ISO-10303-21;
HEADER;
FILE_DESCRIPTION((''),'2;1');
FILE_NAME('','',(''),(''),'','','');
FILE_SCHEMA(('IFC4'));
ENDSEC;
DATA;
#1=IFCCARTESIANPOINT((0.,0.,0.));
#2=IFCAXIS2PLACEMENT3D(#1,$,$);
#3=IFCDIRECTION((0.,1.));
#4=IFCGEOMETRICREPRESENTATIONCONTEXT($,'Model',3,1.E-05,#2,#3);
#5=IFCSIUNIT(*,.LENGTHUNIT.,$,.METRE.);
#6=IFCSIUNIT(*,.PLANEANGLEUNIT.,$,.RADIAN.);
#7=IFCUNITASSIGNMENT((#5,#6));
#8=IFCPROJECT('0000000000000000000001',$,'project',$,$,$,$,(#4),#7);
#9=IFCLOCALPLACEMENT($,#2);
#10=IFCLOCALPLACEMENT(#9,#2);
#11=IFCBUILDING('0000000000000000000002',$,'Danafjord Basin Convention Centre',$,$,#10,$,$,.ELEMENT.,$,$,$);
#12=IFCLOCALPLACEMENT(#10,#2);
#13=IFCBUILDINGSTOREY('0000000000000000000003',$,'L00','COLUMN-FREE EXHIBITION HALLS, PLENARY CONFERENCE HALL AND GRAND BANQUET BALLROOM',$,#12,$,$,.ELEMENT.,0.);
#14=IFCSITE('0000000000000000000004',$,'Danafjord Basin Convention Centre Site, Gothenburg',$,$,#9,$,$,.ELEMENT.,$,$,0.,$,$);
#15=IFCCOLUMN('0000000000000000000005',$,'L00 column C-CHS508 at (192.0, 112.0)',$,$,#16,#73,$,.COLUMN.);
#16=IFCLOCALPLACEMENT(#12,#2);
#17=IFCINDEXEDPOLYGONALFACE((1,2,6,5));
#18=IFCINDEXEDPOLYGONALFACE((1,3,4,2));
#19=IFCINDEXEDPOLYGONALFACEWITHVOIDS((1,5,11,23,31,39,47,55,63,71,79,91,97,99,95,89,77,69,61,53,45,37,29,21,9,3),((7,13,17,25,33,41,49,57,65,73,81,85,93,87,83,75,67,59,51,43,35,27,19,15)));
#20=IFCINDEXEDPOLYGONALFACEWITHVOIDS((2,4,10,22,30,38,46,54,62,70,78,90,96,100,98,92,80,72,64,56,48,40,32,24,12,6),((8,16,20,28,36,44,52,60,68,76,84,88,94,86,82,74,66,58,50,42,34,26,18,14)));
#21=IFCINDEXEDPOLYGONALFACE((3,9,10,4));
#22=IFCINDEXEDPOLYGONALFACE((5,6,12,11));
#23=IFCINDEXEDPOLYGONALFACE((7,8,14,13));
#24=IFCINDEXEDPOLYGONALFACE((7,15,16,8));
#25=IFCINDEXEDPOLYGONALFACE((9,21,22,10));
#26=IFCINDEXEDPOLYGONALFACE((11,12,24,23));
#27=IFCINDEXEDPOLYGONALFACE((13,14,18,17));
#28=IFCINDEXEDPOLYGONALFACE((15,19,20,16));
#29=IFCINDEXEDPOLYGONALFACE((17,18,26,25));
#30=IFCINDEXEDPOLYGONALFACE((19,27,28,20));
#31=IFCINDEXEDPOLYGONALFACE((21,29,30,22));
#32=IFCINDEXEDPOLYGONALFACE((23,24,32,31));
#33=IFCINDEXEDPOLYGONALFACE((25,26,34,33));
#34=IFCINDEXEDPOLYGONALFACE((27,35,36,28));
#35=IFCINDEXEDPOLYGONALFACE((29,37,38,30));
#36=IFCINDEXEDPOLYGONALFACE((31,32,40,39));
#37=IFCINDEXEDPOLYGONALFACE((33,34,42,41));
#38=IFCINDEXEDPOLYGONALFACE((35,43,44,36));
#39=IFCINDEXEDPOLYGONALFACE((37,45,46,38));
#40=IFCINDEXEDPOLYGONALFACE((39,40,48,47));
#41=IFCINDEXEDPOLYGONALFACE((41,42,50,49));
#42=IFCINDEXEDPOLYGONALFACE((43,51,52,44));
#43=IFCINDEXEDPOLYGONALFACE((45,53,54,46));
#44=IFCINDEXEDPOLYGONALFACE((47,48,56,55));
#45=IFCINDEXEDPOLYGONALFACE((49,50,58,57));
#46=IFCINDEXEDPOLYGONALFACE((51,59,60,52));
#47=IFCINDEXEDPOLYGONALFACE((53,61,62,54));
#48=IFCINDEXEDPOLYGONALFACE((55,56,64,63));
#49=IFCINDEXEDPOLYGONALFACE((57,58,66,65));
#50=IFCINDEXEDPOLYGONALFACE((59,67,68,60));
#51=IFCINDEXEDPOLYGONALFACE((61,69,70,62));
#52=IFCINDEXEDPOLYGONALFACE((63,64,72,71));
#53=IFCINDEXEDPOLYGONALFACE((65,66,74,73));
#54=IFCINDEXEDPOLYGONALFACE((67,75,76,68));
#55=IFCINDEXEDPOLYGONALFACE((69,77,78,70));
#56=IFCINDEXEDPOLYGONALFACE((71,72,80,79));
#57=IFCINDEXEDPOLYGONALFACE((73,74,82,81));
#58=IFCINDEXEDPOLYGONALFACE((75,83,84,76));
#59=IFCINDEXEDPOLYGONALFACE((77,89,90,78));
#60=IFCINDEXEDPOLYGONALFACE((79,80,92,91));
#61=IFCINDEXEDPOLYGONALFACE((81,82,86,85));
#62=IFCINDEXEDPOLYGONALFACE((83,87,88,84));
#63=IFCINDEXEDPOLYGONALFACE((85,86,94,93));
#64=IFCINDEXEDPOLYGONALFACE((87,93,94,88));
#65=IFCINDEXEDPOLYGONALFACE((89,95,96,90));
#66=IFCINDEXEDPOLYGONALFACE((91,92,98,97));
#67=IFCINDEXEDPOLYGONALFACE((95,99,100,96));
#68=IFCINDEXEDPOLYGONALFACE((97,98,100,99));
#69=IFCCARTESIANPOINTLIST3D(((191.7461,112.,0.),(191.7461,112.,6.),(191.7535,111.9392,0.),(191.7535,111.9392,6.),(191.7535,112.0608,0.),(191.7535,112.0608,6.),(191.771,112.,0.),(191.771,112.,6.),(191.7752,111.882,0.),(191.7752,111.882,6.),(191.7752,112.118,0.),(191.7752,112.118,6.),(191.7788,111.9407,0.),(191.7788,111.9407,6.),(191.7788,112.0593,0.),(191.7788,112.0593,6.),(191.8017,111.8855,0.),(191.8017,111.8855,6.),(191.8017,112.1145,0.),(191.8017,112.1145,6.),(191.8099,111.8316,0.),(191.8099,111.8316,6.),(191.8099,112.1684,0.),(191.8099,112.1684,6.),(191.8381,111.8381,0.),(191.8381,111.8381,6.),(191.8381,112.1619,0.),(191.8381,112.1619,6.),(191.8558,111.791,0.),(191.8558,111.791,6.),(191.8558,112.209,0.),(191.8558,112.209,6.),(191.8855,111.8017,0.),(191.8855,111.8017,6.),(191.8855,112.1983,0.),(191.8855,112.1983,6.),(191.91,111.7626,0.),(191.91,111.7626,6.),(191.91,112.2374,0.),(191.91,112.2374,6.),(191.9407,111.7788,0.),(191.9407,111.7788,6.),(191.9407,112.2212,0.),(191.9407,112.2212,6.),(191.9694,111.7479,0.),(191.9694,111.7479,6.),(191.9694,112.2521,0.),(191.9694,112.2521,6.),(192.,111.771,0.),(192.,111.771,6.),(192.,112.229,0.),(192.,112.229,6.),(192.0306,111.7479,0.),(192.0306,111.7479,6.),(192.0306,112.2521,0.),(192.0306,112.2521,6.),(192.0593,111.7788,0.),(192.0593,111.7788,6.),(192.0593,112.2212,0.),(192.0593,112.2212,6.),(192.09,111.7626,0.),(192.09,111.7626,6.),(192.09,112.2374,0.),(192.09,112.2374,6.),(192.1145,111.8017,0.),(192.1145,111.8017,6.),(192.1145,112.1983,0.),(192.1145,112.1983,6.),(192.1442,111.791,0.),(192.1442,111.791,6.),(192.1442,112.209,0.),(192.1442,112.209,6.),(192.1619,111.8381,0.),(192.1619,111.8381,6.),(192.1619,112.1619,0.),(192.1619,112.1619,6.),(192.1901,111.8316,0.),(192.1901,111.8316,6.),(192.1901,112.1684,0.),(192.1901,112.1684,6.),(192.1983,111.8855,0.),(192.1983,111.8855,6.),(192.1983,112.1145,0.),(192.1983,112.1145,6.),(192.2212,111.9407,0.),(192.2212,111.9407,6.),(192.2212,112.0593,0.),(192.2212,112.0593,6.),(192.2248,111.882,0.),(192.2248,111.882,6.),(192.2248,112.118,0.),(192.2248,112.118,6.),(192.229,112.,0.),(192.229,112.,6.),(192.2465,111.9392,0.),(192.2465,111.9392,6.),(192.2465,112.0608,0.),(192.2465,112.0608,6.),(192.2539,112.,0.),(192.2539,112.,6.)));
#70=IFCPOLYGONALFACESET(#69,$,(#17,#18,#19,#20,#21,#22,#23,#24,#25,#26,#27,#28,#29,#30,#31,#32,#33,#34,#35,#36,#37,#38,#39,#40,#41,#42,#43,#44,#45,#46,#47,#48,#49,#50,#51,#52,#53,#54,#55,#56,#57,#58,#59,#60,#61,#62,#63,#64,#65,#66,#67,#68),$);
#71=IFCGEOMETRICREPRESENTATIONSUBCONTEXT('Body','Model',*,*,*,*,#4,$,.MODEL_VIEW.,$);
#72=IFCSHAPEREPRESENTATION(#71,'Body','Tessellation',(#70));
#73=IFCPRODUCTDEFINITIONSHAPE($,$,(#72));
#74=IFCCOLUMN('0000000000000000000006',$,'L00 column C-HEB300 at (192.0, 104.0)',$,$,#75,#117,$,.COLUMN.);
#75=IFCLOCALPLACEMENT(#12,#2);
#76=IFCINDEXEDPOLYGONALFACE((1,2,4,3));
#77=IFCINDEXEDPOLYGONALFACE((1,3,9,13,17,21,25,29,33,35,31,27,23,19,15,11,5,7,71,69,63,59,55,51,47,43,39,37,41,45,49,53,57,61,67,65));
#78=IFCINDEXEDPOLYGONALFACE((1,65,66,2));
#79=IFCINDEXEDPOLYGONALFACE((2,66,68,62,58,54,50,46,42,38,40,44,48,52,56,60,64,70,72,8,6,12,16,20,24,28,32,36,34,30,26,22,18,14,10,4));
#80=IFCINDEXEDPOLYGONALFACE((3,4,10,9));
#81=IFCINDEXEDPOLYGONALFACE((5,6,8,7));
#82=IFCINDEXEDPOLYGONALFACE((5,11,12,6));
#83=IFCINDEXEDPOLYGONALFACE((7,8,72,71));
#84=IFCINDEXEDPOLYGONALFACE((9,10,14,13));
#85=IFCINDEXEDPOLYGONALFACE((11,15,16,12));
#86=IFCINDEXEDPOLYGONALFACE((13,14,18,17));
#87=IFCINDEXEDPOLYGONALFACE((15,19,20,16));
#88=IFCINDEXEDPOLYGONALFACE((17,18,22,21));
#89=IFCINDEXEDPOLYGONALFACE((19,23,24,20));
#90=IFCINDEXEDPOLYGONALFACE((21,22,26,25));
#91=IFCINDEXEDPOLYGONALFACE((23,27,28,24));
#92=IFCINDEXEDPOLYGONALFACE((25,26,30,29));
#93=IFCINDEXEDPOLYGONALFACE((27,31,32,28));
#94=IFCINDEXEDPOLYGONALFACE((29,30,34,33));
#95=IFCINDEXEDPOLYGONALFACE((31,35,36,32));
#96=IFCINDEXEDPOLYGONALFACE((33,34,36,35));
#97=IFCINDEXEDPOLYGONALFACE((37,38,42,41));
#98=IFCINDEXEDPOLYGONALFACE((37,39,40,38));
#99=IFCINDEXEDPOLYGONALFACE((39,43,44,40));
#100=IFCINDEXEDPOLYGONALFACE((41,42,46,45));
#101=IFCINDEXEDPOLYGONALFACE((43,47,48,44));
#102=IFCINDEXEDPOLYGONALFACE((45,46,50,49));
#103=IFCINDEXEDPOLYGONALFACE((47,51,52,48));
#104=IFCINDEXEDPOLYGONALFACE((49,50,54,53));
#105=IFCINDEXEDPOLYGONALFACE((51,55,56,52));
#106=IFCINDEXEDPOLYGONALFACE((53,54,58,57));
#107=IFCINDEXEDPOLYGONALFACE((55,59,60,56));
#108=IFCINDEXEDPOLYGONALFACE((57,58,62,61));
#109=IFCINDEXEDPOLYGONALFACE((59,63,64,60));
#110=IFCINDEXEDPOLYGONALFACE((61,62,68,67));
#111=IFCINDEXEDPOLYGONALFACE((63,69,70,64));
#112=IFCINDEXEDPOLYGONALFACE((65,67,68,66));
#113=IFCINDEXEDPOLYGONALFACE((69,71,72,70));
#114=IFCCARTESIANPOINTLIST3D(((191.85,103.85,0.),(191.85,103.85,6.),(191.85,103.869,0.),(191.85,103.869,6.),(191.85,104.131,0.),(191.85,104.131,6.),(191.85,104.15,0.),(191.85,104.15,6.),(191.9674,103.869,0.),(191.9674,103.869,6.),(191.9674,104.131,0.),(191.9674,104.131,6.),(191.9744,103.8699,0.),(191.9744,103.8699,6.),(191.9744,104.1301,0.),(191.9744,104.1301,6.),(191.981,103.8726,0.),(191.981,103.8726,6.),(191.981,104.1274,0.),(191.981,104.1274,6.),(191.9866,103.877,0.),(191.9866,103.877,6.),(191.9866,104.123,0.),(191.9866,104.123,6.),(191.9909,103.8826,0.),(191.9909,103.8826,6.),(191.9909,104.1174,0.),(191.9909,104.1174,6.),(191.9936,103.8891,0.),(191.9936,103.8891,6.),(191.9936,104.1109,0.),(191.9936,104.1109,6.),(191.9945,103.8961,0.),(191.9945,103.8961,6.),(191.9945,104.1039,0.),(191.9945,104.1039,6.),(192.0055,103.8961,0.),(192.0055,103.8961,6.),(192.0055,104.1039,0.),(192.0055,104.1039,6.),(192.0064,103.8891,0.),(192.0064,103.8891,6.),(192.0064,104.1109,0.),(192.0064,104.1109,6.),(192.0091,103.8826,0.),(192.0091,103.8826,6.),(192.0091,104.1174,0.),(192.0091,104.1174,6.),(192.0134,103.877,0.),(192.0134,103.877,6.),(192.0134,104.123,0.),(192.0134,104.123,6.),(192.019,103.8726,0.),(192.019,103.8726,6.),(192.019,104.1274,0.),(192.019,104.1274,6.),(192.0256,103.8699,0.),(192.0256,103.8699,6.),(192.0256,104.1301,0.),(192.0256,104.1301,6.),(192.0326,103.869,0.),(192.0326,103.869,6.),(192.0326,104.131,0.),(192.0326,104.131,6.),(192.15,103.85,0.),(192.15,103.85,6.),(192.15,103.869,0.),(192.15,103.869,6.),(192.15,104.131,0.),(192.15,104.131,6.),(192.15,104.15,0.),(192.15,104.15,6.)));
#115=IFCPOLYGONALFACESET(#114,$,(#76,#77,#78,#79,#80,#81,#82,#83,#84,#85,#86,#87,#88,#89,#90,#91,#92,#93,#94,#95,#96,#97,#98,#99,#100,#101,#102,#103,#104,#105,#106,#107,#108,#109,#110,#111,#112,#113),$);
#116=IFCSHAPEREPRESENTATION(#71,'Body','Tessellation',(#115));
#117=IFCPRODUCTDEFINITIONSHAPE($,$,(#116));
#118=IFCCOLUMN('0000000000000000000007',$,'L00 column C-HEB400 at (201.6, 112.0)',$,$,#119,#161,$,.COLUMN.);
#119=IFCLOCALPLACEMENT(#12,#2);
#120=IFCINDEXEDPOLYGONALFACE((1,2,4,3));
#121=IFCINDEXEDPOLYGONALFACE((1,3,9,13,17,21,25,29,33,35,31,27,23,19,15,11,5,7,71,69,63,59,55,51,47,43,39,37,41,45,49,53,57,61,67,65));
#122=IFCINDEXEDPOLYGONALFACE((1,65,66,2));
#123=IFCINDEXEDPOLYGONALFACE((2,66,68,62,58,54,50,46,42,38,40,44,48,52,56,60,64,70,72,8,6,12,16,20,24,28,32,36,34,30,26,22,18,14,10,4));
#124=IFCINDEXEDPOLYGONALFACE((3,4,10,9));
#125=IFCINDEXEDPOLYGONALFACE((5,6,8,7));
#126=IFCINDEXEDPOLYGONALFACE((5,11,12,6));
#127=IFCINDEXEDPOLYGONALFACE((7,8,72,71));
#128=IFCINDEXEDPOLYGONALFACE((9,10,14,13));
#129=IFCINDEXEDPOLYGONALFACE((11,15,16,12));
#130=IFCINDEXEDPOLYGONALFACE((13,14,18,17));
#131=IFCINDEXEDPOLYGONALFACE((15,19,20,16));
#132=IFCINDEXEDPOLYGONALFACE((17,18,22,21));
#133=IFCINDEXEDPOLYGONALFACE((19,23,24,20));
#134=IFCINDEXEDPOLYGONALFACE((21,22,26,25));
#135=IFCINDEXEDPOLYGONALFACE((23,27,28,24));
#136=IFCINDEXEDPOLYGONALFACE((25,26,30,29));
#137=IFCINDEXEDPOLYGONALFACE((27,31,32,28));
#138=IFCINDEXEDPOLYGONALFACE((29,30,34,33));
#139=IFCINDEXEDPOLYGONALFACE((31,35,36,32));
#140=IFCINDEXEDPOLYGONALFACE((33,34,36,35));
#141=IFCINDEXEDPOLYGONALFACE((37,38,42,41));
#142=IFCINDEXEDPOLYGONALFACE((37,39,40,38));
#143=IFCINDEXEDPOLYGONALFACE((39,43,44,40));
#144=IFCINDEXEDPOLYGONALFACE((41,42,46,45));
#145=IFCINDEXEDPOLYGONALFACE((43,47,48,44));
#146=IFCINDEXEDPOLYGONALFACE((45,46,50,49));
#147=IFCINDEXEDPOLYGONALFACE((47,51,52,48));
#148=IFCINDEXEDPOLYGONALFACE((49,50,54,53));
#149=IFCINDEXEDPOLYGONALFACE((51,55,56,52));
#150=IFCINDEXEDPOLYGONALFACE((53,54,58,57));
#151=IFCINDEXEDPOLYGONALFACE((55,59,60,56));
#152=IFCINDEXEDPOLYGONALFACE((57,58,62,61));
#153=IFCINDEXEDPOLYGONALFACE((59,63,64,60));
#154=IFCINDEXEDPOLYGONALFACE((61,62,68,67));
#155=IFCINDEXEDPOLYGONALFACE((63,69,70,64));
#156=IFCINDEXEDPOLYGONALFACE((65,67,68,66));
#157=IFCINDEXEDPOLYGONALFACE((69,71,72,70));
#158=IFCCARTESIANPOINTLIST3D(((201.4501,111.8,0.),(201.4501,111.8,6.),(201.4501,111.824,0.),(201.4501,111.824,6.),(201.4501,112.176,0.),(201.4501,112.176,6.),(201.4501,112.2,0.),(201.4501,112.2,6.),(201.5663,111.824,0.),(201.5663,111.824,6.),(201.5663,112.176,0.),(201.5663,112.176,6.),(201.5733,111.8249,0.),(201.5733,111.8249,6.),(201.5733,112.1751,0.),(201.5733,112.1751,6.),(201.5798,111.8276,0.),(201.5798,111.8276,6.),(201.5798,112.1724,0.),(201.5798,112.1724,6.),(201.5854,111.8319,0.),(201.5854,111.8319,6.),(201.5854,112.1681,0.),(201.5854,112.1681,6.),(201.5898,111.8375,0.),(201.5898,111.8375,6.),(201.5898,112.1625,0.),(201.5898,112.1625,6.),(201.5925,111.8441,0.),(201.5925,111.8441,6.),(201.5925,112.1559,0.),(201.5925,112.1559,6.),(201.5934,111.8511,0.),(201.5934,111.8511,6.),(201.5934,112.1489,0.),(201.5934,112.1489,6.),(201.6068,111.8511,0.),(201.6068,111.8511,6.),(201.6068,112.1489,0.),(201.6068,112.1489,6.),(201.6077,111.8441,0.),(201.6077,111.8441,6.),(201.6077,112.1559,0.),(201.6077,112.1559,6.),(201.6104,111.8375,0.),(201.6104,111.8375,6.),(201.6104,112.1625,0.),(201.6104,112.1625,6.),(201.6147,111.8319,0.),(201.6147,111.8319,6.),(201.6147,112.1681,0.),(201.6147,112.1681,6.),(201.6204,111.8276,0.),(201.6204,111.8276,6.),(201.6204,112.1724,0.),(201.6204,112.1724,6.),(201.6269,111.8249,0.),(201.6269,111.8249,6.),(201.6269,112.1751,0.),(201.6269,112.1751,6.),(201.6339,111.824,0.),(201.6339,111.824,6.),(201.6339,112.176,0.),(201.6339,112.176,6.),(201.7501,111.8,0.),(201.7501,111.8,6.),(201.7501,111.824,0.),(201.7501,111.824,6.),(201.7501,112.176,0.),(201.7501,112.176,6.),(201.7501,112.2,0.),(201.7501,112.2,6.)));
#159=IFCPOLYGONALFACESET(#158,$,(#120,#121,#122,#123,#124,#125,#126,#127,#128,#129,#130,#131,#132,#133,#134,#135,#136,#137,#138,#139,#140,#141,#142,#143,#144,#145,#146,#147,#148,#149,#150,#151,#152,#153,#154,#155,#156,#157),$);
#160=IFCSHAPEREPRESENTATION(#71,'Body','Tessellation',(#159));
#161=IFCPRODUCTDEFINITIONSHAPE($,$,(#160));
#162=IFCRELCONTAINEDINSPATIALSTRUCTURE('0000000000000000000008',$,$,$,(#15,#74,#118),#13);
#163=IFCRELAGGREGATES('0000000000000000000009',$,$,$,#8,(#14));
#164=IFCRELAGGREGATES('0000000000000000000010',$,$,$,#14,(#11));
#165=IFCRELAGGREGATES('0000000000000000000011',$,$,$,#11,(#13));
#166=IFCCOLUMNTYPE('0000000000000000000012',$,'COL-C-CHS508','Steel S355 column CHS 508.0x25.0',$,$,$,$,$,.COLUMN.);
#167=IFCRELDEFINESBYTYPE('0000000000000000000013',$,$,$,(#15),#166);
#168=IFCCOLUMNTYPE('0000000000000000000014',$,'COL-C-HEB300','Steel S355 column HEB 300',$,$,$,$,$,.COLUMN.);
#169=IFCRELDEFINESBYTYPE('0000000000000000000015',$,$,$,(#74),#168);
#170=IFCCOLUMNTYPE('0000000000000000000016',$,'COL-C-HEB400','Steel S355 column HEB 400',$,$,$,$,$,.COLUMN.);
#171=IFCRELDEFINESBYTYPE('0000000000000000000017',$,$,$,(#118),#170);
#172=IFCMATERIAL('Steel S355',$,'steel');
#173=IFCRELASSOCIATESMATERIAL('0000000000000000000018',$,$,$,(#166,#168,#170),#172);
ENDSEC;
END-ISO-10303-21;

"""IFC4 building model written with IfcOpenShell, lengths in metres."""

from ifc_helpers import new_model, si_unit, direction, frame, origin, origin_2d, place, context, subcontext, project, spatial, hollow_circle, i_section, extrude, material, material_profile, profile_set, type_object, element, save


model = new_model("IFC4")

# Units and contexts
model_context = context("Model", 3, precision=1e-05, world=origin(), true_north=direction((0.0, 1.0)))
body_context = subcontext(model_context, "Body", "Model", "MODEL_VIEW")
ifc_project = project(units=[si_unit("LENGTHUNIT", "METRE"), si_unit("PLANEANGLEUNIT", "RADIAN")], contexts=[model_context])

# Site, building, storey
site_placement = place(None, origin())
site = spatial("IfcSite", under=ifc_project, at=site_placement, Name="Danafjord Basin Convention Centre Site, Gothenburg", CompositionType="ELEMENT", RefElevation=0.0)
building_placement = place(site_placement, origin())
building = spatial("IfcBuilding", under=site, at=building_placement, Name="Danafjord Basin Convention Centre", CompositionType="ELEMENT")
storey_placement = place(building_placement, origin())
storey = spatial("IfcBuildingStorey", under=building, at=storey_placement, Name="L00", Description="COLUMN-FREE EXHIBITION HALLS, PLENARY CONFERENCE HALL AND GRAND BANQUET BALLROOM", CompositionType="ELEMENT", Elevation=0.0)

# Columns
ifc_material_1 = material(Name="Steel S355", Category="steel")
ifc_material_profile_1 = material_profile(ifc_material_1, hollow_circle(Radius=0.2539, WallThickness=0.0249, at=origin_2d()), Name="CHS 508.0x25.0")
ifc_profile_set_1 = profile_set([ifc_material_profile_1], Name="Steel S355")
column_type_1 = type_object("IfcColumnType", Name="COL-C-CHS508", Description="Steel S355 column CHS 508.0x25.0", PredefinedType="COLUMN", material=ifc_profile_set_1)
column_1_placement = place(storey_placement, frame((192.0, 112.0, 0.0), z_axis=(0.0, 0.0, 1.0), x_axis=(1.0, 0.0, 0.0)))
element("IfcColumn", 1, at=column_1_placement, inside=storey, type_object=column_type_1, Name="L00 column C-CHS508 at (192.0, 112.0)", PredefinedType="COLUMN", context=body_context, shape_type="SweptSolid", body=[
    extrude(hollow_circle(Radius=0.2539, WallThickness=0.0249, at=origin_2d()), origin(), (0.0, 0.0, 1.0), 6.0),
])
ifc_material_profile_2 = material_profile(ifc_material_1, i_section(OverallWidth=0.3, OverallDepth=0.3, WebThickness=0.011, FlangeThickness=0.019, FilletRadius=0.0271, at=origin_2d()), Name="HEB 300")
ifc_profile_set_2 = profile_set([ifc_material_profile_2], Name="Steel S355")
column_type_2 = type_object("IfcColumnType", Name="COL-C-HEB300", Description="Steel S355 column HEB 300", PredefinedType="COLUMN", material=ifc_profile_set_2)
column_2_placement = place(storey_placement, frame((192.0, 104.0, 0.0), z_axis=(0.0, 0.0, 1.0), x_axis=(1.0, 0.0, 0.0)))
element("IfcColumn", 2, at=column_2_placement, inside=storey, type_object=column_type_2, Name="L00 column C-HEB300 at (192.0, 104.0)", PredefinedType="COLUMN", context=body_context, shape_type="SweptSolid", body=[
    extrude(i_section(OverallWidth=0.3, OverallDepth=0.3, WebThickness=0.011, FlangeThickness=0.019, FilletRadius=0.0271, at=origin_2d()), origin(), (0.0, 0.0, 1.0), 6.0),
])
ifc_material_profile_3 = material_profile(ifc_material_1, i_section(OverallWidth=0.3, OverallDepth=0.3999, WebThickness=0.0134, FlangeThickness=0.0239, FilletRadius=0.0271, at=origin_2d()), Name="HEB 400")
ifc_profile_set_3 = profile_set([ifc_material_profile_3], Name="Steel S355")
column_type_3 = type_object("IfcColumnType", Name="COL-C-HEB400", Description="Steel S355 column HEB 400", PredefinedType="COLUMN", material=ifc_profile_set_3)
column_3_placement = place(storey_placement, frame((201.6001, 112.0, 0.0), z_axis=(0.0, 0.0, 1.0), x_axis=(1.0, 0.0, 0.0)))
element("IfcColumn", 3, at=column_3_placement, inside=storey, type_object=column_type_3, Name="L00 column C-HEB400 at (201.6, 112.0)", PredefinedType="COLUMN", context=body_context, shape_type="SweptSolid", body=[
    extrude(i_section(OverallWidth=0.3, OverallDepth=0.3999, WebThickness=0.0134, FlangeThickness=0.0239, FilletRadius=0.0271, at=origin_2d()), origin(), (0.0, 0.0, 1.0), 6.0),
])

save(model, "model.ifc")
